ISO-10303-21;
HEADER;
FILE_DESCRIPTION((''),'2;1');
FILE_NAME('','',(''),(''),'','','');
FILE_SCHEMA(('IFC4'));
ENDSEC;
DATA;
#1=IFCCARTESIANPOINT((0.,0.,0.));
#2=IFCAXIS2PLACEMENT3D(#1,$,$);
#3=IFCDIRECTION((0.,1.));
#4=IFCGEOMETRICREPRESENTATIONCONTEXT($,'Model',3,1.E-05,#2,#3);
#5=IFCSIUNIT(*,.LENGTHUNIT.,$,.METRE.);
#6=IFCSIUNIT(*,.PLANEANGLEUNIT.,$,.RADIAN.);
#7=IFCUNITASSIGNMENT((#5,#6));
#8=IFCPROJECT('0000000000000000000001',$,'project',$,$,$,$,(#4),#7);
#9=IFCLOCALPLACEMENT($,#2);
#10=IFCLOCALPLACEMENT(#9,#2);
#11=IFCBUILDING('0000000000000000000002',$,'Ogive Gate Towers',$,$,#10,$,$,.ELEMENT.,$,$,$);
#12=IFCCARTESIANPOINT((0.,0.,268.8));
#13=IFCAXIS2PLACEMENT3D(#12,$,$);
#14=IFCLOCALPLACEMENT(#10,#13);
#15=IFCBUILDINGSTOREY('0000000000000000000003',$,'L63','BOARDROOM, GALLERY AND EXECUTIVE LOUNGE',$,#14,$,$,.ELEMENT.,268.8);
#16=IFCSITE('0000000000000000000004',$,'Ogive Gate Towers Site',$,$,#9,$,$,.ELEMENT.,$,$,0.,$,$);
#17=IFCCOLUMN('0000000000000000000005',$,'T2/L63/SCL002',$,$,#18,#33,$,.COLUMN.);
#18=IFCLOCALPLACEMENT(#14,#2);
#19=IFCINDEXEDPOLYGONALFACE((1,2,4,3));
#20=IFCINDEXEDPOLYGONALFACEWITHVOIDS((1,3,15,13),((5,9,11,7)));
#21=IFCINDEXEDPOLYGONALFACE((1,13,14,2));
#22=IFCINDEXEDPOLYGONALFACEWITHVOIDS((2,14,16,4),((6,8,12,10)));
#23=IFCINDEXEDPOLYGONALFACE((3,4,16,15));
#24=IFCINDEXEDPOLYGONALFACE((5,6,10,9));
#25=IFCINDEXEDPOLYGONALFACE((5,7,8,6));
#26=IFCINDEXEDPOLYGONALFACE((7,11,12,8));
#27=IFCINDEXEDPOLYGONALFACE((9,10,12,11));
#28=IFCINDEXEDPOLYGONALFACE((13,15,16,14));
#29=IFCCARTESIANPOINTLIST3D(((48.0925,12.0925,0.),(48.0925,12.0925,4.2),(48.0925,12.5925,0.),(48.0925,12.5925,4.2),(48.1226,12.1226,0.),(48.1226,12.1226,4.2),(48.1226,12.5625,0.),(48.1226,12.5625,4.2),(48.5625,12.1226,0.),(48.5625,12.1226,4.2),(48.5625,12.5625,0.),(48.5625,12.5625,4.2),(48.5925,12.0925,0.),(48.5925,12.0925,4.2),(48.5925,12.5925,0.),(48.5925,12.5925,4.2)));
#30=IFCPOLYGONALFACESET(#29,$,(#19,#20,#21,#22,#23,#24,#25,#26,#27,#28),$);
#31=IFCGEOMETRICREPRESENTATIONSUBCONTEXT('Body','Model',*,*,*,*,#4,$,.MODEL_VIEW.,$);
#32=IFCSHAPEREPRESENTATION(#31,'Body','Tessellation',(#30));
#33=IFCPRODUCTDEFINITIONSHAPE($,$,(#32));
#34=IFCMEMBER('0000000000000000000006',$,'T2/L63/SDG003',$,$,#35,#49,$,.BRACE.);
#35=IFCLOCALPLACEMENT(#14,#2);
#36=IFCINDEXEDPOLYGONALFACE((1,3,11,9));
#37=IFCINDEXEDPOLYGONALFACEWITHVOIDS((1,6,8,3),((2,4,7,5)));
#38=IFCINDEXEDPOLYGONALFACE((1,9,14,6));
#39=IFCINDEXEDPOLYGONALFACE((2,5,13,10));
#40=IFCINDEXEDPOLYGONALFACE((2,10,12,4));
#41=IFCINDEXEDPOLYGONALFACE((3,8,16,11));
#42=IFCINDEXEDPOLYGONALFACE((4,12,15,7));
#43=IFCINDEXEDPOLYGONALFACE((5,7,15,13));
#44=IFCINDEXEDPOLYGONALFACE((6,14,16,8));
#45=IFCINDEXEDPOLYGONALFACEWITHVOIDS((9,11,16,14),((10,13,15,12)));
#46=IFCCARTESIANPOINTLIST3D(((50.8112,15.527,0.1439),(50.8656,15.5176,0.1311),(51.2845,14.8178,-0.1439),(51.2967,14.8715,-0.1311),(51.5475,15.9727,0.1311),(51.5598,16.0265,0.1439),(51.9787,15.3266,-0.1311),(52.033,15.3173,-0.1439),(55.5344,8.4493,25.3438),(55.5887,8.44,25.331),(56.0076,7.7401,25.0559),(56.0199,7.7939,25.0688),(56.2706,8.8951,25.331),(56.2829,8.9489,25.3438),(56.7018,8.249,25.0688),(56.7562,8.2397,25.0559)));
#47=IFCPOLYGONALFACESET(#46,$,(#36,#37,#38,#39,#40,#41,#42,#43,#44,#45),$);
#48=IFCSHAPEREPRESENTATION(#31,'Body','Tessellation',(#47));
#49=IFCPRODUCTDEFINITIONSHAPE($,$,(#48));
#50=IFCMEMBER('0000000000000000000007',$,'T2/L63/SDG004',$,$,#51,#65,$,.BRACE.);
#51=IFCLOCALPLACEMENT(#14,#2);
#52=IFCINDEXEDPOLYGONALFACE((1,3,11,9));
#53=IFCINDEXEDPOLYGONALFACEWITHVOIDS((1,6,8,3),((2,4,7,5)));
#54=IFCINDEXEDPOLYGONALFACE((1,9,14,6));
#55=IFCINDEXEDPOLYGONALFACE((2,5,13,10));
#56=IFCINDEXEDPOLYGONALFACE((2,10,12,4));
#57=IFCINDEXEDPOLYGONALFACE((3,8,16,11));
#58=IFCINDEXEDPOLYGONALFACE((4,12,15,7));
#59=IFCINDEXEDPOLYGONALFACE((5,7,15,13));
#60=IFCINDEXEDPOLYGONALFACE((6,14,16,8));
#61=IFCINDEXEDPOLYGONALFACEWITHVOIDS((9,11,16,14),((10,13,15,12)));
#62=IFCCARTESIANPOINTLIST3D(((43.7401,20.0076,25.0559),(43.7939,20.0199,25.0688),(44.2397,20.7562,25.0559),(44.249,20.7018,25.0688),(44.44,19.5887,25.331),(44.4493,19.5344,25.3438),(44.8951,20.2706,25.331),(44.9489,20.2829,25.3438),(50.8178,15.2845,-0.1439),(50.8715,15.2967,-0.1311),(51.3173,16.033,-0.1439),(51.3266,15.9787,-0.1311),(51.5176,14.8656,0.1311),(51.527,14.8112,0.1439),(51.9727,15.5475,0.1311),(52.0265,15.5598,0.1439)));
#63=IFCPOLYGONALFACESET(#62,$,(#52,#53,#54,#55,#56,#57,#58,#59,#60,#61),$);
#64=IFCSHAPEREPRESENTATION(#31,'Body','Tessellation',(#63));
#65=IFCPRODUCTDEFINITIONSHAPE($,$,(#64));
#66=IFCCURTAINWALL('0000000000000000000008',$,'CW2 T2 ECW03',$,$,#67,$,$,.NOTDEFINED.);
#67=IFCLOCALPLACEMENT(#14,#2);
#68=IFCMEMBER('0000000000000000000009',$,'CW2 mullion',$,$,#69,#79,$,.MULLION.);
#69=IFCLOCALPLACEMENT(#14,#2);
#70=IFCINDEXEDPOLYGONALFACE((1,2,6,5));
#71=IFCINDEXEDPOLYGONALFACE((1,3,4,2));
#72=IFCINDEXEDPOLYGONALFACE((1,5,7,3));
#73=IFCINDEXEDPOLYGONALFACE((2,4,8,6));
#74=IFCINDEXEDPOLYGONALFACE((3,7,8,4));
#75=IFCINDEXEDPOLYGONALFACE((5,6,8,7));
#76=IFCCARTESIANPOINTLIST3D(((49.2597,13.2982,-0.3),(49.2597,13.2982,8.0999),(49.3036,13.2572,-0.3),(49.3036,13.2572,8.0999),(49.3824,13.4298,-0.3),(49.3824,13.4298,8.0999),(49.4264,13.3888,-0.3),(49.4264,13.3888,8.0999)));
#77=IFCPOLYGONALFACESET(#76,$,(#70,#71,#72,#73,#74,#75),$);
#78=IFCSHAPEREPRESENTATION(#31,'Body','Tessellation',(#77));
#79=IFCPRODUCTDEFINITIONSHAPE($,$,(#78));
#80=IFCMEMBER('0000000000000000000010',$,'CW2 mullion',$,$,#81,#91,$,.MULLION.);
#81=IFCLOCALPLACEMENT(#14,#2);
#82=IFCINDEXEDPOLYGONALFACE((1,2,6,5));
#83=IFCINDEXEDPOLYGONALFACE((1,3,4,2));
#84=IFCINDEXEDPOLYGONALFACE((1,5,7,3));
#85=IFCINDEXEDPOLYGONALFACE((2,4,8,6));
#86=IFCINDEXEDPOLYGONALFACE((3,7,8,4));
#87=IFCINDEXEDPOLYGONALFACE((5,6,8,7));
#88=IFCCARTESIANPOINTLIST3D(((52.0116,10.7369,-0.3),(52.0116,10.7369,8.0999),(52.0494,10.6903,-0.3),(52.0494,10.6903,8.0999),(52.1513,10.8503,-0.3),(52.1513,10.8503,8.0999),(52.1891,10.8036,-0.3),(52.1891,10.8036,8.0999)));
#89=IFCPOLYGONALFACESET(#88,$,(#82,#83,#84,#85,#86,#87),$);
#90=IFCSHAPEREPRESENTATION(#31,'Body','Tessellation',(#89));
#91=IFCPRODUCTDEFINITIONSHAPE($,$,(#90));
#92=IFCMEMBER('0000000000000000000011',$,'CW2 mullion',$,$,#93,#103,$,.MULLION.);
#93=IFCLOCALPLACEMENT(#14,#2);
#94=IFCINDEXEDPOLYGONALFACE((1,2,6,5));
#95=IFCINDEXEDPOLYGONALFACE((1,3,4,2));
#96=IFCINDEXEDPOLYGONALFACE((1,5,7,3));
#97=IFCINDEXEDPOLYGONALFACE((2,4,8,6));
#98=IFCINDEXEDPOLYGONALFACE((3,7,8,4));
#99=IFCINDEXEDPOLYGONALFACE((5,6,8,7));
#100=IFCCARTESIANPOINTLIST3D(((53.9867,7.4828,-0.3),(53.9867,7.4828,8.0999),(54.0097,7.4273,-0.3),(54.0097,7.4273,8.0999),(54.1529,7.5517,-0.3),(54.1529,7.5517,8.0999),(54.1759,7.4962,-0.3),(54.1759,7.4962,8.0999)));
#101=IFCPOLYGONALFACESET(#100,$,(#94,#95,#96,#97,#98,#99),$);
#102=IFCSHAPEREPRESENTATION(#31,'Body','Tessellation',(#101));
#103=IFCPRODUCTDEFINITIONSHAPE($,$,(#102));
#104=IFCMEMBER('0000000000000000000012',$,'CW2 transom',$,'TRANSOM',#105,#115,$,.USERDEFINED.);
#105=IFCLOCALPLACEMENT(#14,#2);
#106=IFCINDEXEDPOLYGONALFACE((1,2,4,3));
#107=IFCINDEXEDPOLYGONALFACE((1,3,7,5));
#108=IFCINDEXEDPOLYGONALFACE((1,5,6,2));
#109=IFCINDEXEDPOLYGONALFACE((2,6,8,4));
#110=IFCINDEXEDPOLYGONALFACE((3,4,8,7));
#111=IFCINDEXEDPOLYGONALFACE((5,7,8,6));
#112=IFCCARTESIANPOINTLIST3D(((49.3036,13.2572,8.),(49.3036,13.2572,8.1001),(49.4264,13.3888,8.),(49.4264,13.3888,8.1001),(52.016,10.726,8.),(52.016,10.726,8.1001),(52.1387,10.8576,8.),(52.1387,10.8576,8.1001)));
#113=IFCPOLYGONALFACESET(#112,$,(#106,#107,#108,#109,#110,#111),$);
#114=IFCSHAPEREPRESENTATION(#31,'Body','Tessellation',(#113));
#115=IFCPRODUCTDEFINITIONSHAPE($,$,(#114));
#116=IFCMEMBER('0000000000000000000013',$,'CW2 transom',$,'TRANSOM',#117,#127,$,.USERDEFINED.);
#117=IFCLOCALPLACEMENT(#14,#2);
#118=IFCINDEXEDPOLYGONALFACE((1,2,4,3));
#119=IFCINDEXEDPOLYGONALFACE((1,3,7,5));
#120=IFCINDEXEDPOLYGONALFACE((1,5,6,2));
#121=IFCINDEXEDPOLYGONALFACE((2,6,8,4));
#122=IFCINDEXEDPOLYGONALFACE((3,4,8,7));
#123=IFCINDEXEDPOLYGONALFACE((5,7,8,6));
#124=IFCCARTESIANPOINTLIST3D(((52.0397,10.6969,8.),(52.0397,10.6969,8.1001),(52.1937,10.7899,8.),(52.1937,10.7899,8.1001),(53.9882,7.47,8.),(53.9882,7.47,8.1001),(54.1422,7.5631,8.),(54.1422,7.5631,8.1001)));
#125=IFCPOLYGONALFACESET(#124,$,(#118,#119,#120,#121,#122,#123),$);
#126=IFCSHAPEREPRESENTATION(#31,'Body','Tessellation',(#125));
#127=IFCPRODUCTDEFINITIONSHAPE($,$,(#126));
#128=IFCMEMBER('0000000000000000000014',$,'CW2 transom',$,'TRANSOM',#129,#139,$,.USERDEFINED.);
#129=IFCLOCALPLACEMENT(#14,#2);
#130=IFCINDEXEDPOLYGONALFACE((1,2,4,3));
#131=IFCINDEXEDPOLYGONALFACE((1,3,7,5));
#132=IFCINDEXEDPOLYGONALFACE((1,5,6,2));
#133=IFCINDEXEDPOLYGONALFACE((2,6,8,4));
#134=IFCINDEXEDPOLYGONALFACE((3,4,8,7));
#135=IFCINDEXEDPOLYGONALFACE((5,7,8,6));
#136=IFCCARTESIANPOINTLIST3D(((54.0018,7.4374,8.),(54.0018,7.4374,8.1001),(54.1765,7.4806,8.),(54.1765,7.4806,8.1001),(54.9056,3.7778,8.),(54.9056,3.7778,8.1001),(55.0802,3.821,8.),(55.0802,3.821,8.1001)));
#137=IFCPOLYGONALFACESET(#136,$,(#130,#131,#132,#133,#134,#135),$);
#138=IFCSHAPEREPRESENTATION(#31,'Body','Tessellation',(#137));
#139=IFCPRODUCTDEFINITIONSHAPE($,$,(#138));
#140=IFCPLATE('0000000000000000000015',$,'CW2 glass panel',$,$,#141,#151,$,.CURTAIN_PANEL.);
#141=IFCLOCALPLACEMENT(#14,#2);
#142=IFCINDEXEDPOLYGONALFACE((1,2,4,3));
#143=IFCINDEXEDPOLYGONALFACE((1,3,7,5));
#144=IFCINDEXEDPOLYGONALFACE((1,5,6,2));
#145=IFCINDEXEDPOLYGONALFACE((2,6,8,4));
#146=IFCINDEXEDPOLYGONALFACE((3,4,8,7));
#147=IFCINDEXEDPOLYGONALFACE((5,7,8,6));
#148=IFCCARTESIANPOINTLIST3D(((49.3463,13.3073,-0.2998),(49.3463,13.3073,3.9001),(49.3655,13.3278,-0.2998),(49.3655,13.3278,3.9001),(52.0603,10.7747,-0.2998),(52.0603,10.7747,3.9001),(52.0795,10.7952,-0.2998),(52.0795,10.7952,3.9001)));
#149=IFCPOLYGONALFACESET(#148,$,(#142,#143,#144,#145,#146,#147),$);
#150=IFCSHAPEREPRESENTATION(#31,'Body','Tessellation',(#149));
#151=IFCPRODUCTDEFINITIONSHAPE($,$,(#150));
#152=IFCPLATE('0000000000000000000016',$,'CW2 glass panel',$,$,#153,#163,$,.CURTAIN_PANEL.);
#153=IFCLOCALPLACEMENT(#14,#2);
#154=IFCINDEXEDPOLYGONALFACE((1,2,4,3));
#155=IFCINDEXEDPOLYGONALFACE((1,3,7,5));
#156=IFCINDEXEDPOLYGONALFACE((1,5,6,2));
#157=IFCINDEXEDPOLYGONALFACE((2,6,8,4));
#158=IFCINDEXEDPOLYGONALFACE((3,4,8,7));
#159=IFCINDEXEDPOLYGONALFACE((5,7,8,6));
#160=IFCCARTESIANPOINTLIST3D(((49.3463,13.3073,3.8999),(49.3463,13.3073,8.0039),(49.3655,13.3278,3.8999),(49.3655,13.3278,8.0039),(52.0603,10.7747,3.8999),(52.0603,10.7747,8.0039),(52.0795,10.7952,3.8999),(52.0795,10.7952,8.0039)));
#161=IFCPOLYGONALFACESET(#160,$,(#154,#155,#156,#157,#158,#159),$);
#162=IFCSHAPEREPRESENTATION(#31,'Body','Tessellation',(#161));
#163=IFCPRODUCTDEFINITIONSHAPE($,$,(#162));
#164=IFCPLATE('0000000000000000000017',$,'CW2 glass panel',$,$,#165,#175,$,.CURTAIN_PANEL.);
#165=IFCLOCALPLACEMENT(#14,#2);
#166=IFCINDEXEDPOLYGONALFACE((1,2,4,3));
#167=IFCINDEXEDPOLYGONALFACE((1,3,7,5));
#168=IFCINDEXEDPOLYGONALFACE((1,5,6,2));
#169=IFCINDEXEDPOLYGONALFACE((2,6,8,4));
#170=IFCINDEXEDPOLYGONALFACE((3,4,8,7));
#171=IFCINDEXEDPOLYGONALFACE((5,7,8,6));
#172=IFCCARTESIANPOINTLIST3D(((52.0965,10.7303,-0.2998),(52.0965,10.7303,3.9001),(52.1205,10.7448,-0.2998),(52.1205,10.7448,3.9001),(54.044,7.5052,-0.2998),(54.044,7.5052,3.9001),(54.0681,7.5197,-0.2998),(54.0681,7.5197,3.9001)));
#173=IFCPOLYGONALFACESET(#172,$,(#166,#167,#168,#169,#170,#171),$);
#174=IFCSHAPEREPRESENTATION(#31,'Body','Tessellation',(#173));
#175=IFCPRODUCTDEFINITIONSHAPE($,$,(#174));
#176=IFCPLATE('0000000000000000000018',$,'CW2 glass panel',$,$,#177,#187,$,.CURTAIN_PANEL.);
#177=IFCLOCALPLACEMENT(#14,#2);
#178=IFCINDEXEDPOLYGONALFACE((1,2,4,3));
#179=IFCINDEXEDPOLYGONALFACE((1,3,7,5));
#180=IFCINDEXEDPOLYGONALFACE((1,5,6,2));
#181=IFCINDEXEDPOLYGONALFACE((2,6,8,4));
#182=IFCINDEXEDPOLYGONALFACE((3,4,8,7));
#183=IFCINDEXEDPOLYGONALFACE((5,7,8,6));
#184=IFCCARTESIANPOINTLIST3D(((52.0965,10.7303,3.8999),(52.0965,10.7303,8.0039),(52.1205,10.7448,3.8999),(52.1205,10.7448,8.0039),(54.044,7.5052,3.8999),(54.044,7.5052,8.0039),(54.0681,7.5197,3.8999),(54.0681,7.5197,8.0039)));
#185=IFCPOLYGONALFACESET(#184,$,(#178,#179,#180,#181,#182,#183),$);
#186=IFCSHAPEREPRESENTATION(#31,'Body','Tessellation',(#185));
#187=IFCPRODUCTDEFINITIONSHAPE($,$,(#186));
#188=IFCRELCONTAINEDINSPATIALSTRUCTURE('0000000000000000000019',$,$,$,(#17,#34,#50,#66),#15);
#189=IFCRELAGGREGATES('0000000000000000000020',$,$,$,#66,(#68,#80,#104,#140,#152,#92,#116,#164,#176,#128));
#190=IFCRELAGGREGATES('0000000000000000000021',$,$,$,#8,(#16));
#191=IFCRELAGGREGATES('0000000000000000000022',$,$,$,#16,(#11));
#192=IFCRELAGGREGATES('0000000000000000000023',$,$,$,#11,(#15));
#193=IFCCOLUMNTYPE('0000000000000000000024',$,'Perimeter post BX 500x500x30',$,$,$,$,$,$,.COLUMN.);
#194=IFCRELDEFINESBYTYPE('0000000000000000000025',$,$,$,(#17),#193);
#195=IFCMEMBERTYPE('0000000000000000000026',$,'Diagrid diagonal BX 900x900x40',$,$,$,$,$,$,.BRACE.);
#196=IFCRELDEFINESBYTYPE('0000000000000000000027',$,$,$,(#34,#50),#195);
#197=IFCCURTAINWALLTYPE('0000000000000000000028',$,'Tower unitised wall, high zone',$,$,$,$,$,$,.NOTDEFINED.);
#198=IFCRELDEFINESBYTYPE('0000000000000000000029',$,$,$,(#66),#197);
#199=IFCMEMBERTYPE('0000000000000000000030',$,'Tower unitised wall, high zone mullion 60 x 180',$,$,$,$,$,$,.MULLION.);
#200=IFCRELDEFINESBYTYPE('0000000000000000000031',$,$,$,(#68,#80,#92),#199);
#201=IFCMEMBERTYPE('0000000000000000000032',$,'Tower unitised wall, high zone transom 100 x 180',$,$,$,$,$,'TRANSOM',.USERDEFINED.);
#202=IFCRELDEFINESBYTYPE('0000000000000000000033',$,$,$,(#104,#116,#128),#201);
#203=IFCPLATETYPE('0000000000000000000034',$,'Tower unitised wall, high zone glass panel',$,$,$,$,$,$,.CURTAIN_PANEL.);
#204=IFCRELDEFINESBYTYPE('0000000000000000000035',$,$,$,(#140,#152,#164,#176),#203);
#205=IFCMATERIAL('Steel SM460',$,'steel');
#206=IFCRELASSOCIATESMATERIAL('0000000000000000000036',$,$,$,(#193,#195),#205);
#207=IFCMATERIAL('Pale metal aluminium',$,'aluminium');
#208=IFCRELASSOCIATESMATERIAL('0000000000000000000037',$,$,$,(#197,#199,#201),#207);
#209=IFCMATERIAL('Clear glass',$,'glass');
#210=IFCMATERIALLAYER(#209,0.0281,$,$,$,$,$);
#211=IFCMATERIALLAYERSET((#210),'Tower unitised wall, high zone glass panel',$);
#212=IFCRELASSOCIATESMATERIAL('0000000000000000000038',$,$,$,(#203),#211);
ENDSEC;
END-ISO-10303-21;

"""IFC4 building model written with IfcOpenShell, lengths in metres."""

from ifc_helpers import new_model, si_unit, direction, frame, origin, origin_2d, place, context, subcontext, project, spatial, rectangle, hollow_rectangle, extrude, material, layer, layer_set, material_profile, profile_set, type_object, element, aggregate, save


model = new_model("IFC4")

# Units and contexts
model_context = context("Model", 3, precision=1e-05, world=origin(), true_north=direction((0.0, 1.0)))
body_context = subcontext(model_context, "Body", "Model", "MODEL_VIEW")
ifc_project = project(units=[si_unit("LENGTHUNIT", "METRE"), si_unit("PLANEANGLEUNIT", "RADIAN")], contexts=[model_context])

# Site, building, storey
site_placement = place(None, origin())
site = spatial("IfcSite", under=ifc_project, at=site_placement, Name="Ogive Gate Towers Site", CompositionType="ELEMENT", RefElevation=0.0)
building_placement = place(site_placement, origin())
building = spatial("IfcBuilding", under=site, at=building_placement, Name="Ogive Gate Towers", CompositionType="ELEMENT")
storey_placement = place(building_placement, frame((0.0, 0.0, 268.8)))
storey = spatial("IfcBuildingStorey", under=building, at=storey_placement, Name="L63", Description="BOARDROOM, GALLERY AND EXECUTIVE LOUNGE", CompositionType="ELEMENT", Elevation=268.8)

# Column
ifc_material_1 = material(Name="Steel SM460", Category="steel")
ifc_material_profile_1 = material_profile(ifc_material_1, hollow_rectangle(XDim=0.5, YDim=0.5, WallThickness=0.03, at=origin_2d()), Name="BX 500x500x30")
ifc_profile_set_1 = profile_set([ifc_material_profile_1], Name="Steel SM460")
column_type = type_object("IfcColumnType", Name="Perimeter post BX 500x500x30", PredefinedType="COLUMN", material=ifc_profile_set_1)
column_placement = place(storey_placement, frame((48.3425, 12.3425, 0.0), z_axis=(0.0, 0.0, 1.0), x_axis=(1.0, 0.0, 0.0)))
element("IfcColumn", 1, at=column_placement, inside=storey, type_object=column_type, Name="T2/L63/SCL002", PredefinedType="COLUMN", context=body_context, shape_type="SweptSolid", body=[
    extrude(hollow_rectangle(XDim=0.5, YDim=0.5, WallThickness=0.03, at=origin_2d()), origin(), (0.0, 0.0, 1.0), 4.2),
])

# Members
ifc_material_profile_2 = material_profile(ifc_material_1, hollow_rectangle(XDim=0.8999, YDim=0.8999, WallThickness=0.04, at=origin_2d()), Name="BX 900x900x40")
ifc_profile_set_2 = profile_set([ifc_material_profile_2], Name="Steel SM460")
member_type_1 = type_object("IfcMemberType", Name="Diagrid diagonal BX 900x900x40", PredefinedType="BRACE", material=ifc_profile_set_2)
for number, where, z_axis, x_axis, name in (
    (2, (51.4221, 15.4221, 0.0), (0.177577, -0.266099, 0.947448), (0.831794, 0.555084, 0.0), "T2/L63/SDG003"),
    (3, (51.4221, 15.4221, 0.0), (-0.266099, 0.177577, 0.947448), (-0.555084, -0.831794, 0.0), "T2/L63/SDG004"),
):
    element("IfcMember", number, at=place(storey_placement, frame(where, z_axis=z_axis, x_axis=x_axis)), inside=storey, type_object=member_type_1, Name=name, PredefinedType="BRACE", context=body_context, shape_type="SweptSolid", body=[
        extrude(hollow_rectangle(XDim=0.8999, YDim=0.8999, WallThickness=0.04, at=origin_2d()), origin(), (0.0, 0.0, 1.0), 26.5977),
    ])

# Curtain wall, members, plates
ifc_material_2 = material(Name="Pale metal aluminium", Category="aluminium")
curtain_wall_type = type_object("IfcCurtainWallType", Name="Tower unitised wall, high zone", PredefinedType="NOTDEFINED", material=ifc_material_2)
curtain_wall_placement = place(storey_placement, origin())
curtain_wall = element("IfcCurtainWall", 4, at=curtain_wall_placement, inside=storey, type_object=curtain_wall_type, Name="CW2 T2 ECW03", PredefinedType="NOTDEFINED")
ifc_material_profile_3 = material_profile(ifc_material_2, rectangle(XDim=0.1799, YDim=0.0601, at=origin_2d()), Name="60 x 180 aluminium box")
ifc_profile_set_3 = profile_set([ifc_material_profile_3], Name="Pale metal aluminium")
member_type_2 = type_object("IfcMemberType", Name="Tower unitised wall, high zone mullion 60 x 180", PredefinedType="MULLION", material=ifc_profile_set_3)
member_1_placement = place(storey_placement, frame((49.343, 13.3435, -0.3), z_axis=(0.0, 0.0, 1.0), x_axis=(-0.682254, -0.731116, 0.0)))
member_1 = element("IfcMember", 5, at=member_1_placement, type_object=member_type_2, Name="CW2 mullion", PredefinedType="MULLION", context=body_context, shape_type="SweptSolid", body=[
    extrude(rectangle(XDim=0.1799, YDim=0.0601, at=origin_2d()), origin(), (0.0, 0.0, 1.0), 8.3999),
])
member_2_placement = place(storey_placement, frame((52.1003, 10.7703, -0.3), z_axis=(0.0, 0.0, 1.0), x_axis=(-0.776563, -0.630039, 0.0)))
member_2 = element("IfcMember", 6, at=member_2_placement, type_object=member_type_2, Name="CW2 mullion", PredefinedType="MULLION", context=body_context, shape_type="SweptSolid", body=[
    extrude(rectangle(XDim=0.1799, YDim=0.0601, at=origin_2d()), origin(), (0.0, 0.0, 1.0), 8.3999),
])
member_3_placement = place(storey_placement, frame((54.0813, 7.4895, -0.3), z_axis=(0.0, 0.0, 1.0), x_axis=(-0.92388, -0.382683, 0.0)))
member_3 = element("IfcMember", 7, at=member_3_placement, type_object=member_type_2, Name="CW2 mullion", PredefinedType="MULLION", context=body_context, shape_type="SweptSolid", body=[
    extrude(rectangle(XDim=0.1799, YDim=0.0601, at=origin_2d()), origin(), (0.0, 0.0, 1.0), 8.3999),
])
ifc_material_profile_4 = material_profile(ifc_material_2, rectangle(XDim=0.1799, YDim=0.1001, at=origin_2d()), Name="100 x 180 aluminium box")
ifc_profile_set_4 = profile_set([ifc_material_profile_4], Name="Pale metal aluminium")
member_type_3 = type_object("IfcMemberType", Name="Tower unitised wall, high zone transom 100 x 180", ElementType="TRANSOM", PredefinedType="USERDEFINED", material=ifc_profile_set_4)
member_4_placement = place(storey_placement, frame((49.365, 13.323, 8.05), z_axis=(0.731099, -0.682271, 0.0), x_axis=(0.682271, 0.731099, 0.0)))
member_4 = element("IfcMember", 8, at=member_4_placement, type_object=member_type_3, Name="CW2 transom", ObjectType="TRANSOM", PredefinedType="USERDEFINED", context=body_context, shape_type="SweptSolid", body=[
    extrude(rectangle(XDim=0.1799, YDim=0.1001, at=origin_2d()), origin(), (0.0, 0.0, 1.0), 3.71),
])
member_5_placement = place(storey_placement, frame((52.1167, 10.7434, 8.05), z_axis=(0.516913, -0.856038, 0.0), x_axis=(0.856038, 0.516913, 0.0)))
member_5 = element("IfcMember", 9, at=member_5_placement, type_object=member_type_3, Name="CW2 transom", ObjectType="TRANSOM", PredefinedType="USERDEFINED", context=body_context, shape_type="SweptSolid", body=[
    extrude(rectangle(XDim=0.1799, YDim=0.1001, at=origin_2d()), origin(), (0.0, 0.0, 1.0), 3.7695),
])
member_6_placement = place(storey_placement, frame((54.0891, 7.459, 8.05), z_axis=(0.239761, -0.970832, 0.0), x_axis=(0.970832, 0.239761, 0.0)))
member_6 = element("IfcMember", 10, at=member_6_placement, type_object=member_type_3, Name="CW2 transom", ObjectType="TRANSOM", PredefinedType="USERDEFINED", context=body_context, shape_type="SweptSolid", body=[
    extrude(rectangle(XDim=0.1799, YDim=0.1001, at=origin_2d()), origin(), (0.0, 0.0, 1.0), 3.7695),
])
ifc_material_3 = material(Name="Clear glass", Category="glass")
ifc_layer_1 = layer(ifc_material_3, 0.0281)
ifc_layer_set_1 = layer_set([ifc_layer_1], Name="Tower unitised wall, high zone glass panel")
plate_type = type_object("IfcPlateType", Name="Tower unitised wall, high zone glass panel", PredefinedType="CURTAIN_PANEL", material=ifc_layer_set_1)
plate_1_placement = place(storey_placement, frame((50.7129, 12.0513, -0.2998), z_axis=(0.0, 0.0, 1.0), x_axis=(0.731116, -0.682254, 0.0)))
plate_1 = element("IfcPlate", 11, at=plate_1_placement, type_object=plate_type, Name="CW2 glass panel", PredefinedType="CURTAIN_PANEL", context=body_context, shape_type="SweptSolid", body=[
    extrude(rectangle(XDim=3.7122, YDim=0.0281, at=origin_2d()), origin(), (0.0, 0.0, 1.0), 4.2),
])
plate_2_placement = place(storey_placement, frame((50.7129, 12.0513, 3.8999), z_axis=(0.0, 0.0, 1.0), x_axis=(0.731116, -0.682254, 0.0)))
plate_2 = element("IfcPlate", 12, at=plate_2_placement, type_object=plate_type, Name="CW2 glass panel", PredefinedType="CURTAIN_PANEL", context=body_context, shape_type="SweptSolid", body=[
    extrude(rectangle(XDim=3.7122, YDim=0.0281, at=origin_2d()), origin(), (0.0, 0.0, 1.0), 4.104),
])
plate_3_placement = place(storey_placement, frame((53.0823, 9.125, -0.2998), z_axis=(0.0, 0.0, 1.0), x_axis=(0.516922, -0.856033, 0.0)))
plate_3 = element("IfcPlate", 13, at=plate_3_placement, type_object=plate_type, Name="CW2 glass panel", PredefinedType="CURTAIN_PANEL", context=body_context, shape_type="SweptSolid", body=[
    extrude(rectangle(XDim=3.7676, YDim=0.0281, at=origin_2d()), origin(), (0.0, 0.0, 1.0), 4.2),
])
plate_4_placement = place(storey_placement, frame((53.0823, 9.125, 3.8999), z_axis=(0.0, 0.0, 1.0), x_axis=(0.516922, -0.856033, 0.0)))
plate_4 = element("IfcPlate", 14, at=plate_4_placement, type_object=plate_type, Name="CW2 glass panel", PredefinedType="CURTAIN_PANEL", context=body_context, shape_type="SweptSolid", body=[
    extrude(rectangle(XDim=3.7676, YDim=0.0281, at=origin_2d()), origin(), (0.0, 0.0, 1.0), 4.104),
])
aggregate(curtain_wall, [member_1, member_2, member_4, plate_1, plate_2, member_3, member_5, plate_3, plate_4, member_6])

save(model, "model.ifc")
